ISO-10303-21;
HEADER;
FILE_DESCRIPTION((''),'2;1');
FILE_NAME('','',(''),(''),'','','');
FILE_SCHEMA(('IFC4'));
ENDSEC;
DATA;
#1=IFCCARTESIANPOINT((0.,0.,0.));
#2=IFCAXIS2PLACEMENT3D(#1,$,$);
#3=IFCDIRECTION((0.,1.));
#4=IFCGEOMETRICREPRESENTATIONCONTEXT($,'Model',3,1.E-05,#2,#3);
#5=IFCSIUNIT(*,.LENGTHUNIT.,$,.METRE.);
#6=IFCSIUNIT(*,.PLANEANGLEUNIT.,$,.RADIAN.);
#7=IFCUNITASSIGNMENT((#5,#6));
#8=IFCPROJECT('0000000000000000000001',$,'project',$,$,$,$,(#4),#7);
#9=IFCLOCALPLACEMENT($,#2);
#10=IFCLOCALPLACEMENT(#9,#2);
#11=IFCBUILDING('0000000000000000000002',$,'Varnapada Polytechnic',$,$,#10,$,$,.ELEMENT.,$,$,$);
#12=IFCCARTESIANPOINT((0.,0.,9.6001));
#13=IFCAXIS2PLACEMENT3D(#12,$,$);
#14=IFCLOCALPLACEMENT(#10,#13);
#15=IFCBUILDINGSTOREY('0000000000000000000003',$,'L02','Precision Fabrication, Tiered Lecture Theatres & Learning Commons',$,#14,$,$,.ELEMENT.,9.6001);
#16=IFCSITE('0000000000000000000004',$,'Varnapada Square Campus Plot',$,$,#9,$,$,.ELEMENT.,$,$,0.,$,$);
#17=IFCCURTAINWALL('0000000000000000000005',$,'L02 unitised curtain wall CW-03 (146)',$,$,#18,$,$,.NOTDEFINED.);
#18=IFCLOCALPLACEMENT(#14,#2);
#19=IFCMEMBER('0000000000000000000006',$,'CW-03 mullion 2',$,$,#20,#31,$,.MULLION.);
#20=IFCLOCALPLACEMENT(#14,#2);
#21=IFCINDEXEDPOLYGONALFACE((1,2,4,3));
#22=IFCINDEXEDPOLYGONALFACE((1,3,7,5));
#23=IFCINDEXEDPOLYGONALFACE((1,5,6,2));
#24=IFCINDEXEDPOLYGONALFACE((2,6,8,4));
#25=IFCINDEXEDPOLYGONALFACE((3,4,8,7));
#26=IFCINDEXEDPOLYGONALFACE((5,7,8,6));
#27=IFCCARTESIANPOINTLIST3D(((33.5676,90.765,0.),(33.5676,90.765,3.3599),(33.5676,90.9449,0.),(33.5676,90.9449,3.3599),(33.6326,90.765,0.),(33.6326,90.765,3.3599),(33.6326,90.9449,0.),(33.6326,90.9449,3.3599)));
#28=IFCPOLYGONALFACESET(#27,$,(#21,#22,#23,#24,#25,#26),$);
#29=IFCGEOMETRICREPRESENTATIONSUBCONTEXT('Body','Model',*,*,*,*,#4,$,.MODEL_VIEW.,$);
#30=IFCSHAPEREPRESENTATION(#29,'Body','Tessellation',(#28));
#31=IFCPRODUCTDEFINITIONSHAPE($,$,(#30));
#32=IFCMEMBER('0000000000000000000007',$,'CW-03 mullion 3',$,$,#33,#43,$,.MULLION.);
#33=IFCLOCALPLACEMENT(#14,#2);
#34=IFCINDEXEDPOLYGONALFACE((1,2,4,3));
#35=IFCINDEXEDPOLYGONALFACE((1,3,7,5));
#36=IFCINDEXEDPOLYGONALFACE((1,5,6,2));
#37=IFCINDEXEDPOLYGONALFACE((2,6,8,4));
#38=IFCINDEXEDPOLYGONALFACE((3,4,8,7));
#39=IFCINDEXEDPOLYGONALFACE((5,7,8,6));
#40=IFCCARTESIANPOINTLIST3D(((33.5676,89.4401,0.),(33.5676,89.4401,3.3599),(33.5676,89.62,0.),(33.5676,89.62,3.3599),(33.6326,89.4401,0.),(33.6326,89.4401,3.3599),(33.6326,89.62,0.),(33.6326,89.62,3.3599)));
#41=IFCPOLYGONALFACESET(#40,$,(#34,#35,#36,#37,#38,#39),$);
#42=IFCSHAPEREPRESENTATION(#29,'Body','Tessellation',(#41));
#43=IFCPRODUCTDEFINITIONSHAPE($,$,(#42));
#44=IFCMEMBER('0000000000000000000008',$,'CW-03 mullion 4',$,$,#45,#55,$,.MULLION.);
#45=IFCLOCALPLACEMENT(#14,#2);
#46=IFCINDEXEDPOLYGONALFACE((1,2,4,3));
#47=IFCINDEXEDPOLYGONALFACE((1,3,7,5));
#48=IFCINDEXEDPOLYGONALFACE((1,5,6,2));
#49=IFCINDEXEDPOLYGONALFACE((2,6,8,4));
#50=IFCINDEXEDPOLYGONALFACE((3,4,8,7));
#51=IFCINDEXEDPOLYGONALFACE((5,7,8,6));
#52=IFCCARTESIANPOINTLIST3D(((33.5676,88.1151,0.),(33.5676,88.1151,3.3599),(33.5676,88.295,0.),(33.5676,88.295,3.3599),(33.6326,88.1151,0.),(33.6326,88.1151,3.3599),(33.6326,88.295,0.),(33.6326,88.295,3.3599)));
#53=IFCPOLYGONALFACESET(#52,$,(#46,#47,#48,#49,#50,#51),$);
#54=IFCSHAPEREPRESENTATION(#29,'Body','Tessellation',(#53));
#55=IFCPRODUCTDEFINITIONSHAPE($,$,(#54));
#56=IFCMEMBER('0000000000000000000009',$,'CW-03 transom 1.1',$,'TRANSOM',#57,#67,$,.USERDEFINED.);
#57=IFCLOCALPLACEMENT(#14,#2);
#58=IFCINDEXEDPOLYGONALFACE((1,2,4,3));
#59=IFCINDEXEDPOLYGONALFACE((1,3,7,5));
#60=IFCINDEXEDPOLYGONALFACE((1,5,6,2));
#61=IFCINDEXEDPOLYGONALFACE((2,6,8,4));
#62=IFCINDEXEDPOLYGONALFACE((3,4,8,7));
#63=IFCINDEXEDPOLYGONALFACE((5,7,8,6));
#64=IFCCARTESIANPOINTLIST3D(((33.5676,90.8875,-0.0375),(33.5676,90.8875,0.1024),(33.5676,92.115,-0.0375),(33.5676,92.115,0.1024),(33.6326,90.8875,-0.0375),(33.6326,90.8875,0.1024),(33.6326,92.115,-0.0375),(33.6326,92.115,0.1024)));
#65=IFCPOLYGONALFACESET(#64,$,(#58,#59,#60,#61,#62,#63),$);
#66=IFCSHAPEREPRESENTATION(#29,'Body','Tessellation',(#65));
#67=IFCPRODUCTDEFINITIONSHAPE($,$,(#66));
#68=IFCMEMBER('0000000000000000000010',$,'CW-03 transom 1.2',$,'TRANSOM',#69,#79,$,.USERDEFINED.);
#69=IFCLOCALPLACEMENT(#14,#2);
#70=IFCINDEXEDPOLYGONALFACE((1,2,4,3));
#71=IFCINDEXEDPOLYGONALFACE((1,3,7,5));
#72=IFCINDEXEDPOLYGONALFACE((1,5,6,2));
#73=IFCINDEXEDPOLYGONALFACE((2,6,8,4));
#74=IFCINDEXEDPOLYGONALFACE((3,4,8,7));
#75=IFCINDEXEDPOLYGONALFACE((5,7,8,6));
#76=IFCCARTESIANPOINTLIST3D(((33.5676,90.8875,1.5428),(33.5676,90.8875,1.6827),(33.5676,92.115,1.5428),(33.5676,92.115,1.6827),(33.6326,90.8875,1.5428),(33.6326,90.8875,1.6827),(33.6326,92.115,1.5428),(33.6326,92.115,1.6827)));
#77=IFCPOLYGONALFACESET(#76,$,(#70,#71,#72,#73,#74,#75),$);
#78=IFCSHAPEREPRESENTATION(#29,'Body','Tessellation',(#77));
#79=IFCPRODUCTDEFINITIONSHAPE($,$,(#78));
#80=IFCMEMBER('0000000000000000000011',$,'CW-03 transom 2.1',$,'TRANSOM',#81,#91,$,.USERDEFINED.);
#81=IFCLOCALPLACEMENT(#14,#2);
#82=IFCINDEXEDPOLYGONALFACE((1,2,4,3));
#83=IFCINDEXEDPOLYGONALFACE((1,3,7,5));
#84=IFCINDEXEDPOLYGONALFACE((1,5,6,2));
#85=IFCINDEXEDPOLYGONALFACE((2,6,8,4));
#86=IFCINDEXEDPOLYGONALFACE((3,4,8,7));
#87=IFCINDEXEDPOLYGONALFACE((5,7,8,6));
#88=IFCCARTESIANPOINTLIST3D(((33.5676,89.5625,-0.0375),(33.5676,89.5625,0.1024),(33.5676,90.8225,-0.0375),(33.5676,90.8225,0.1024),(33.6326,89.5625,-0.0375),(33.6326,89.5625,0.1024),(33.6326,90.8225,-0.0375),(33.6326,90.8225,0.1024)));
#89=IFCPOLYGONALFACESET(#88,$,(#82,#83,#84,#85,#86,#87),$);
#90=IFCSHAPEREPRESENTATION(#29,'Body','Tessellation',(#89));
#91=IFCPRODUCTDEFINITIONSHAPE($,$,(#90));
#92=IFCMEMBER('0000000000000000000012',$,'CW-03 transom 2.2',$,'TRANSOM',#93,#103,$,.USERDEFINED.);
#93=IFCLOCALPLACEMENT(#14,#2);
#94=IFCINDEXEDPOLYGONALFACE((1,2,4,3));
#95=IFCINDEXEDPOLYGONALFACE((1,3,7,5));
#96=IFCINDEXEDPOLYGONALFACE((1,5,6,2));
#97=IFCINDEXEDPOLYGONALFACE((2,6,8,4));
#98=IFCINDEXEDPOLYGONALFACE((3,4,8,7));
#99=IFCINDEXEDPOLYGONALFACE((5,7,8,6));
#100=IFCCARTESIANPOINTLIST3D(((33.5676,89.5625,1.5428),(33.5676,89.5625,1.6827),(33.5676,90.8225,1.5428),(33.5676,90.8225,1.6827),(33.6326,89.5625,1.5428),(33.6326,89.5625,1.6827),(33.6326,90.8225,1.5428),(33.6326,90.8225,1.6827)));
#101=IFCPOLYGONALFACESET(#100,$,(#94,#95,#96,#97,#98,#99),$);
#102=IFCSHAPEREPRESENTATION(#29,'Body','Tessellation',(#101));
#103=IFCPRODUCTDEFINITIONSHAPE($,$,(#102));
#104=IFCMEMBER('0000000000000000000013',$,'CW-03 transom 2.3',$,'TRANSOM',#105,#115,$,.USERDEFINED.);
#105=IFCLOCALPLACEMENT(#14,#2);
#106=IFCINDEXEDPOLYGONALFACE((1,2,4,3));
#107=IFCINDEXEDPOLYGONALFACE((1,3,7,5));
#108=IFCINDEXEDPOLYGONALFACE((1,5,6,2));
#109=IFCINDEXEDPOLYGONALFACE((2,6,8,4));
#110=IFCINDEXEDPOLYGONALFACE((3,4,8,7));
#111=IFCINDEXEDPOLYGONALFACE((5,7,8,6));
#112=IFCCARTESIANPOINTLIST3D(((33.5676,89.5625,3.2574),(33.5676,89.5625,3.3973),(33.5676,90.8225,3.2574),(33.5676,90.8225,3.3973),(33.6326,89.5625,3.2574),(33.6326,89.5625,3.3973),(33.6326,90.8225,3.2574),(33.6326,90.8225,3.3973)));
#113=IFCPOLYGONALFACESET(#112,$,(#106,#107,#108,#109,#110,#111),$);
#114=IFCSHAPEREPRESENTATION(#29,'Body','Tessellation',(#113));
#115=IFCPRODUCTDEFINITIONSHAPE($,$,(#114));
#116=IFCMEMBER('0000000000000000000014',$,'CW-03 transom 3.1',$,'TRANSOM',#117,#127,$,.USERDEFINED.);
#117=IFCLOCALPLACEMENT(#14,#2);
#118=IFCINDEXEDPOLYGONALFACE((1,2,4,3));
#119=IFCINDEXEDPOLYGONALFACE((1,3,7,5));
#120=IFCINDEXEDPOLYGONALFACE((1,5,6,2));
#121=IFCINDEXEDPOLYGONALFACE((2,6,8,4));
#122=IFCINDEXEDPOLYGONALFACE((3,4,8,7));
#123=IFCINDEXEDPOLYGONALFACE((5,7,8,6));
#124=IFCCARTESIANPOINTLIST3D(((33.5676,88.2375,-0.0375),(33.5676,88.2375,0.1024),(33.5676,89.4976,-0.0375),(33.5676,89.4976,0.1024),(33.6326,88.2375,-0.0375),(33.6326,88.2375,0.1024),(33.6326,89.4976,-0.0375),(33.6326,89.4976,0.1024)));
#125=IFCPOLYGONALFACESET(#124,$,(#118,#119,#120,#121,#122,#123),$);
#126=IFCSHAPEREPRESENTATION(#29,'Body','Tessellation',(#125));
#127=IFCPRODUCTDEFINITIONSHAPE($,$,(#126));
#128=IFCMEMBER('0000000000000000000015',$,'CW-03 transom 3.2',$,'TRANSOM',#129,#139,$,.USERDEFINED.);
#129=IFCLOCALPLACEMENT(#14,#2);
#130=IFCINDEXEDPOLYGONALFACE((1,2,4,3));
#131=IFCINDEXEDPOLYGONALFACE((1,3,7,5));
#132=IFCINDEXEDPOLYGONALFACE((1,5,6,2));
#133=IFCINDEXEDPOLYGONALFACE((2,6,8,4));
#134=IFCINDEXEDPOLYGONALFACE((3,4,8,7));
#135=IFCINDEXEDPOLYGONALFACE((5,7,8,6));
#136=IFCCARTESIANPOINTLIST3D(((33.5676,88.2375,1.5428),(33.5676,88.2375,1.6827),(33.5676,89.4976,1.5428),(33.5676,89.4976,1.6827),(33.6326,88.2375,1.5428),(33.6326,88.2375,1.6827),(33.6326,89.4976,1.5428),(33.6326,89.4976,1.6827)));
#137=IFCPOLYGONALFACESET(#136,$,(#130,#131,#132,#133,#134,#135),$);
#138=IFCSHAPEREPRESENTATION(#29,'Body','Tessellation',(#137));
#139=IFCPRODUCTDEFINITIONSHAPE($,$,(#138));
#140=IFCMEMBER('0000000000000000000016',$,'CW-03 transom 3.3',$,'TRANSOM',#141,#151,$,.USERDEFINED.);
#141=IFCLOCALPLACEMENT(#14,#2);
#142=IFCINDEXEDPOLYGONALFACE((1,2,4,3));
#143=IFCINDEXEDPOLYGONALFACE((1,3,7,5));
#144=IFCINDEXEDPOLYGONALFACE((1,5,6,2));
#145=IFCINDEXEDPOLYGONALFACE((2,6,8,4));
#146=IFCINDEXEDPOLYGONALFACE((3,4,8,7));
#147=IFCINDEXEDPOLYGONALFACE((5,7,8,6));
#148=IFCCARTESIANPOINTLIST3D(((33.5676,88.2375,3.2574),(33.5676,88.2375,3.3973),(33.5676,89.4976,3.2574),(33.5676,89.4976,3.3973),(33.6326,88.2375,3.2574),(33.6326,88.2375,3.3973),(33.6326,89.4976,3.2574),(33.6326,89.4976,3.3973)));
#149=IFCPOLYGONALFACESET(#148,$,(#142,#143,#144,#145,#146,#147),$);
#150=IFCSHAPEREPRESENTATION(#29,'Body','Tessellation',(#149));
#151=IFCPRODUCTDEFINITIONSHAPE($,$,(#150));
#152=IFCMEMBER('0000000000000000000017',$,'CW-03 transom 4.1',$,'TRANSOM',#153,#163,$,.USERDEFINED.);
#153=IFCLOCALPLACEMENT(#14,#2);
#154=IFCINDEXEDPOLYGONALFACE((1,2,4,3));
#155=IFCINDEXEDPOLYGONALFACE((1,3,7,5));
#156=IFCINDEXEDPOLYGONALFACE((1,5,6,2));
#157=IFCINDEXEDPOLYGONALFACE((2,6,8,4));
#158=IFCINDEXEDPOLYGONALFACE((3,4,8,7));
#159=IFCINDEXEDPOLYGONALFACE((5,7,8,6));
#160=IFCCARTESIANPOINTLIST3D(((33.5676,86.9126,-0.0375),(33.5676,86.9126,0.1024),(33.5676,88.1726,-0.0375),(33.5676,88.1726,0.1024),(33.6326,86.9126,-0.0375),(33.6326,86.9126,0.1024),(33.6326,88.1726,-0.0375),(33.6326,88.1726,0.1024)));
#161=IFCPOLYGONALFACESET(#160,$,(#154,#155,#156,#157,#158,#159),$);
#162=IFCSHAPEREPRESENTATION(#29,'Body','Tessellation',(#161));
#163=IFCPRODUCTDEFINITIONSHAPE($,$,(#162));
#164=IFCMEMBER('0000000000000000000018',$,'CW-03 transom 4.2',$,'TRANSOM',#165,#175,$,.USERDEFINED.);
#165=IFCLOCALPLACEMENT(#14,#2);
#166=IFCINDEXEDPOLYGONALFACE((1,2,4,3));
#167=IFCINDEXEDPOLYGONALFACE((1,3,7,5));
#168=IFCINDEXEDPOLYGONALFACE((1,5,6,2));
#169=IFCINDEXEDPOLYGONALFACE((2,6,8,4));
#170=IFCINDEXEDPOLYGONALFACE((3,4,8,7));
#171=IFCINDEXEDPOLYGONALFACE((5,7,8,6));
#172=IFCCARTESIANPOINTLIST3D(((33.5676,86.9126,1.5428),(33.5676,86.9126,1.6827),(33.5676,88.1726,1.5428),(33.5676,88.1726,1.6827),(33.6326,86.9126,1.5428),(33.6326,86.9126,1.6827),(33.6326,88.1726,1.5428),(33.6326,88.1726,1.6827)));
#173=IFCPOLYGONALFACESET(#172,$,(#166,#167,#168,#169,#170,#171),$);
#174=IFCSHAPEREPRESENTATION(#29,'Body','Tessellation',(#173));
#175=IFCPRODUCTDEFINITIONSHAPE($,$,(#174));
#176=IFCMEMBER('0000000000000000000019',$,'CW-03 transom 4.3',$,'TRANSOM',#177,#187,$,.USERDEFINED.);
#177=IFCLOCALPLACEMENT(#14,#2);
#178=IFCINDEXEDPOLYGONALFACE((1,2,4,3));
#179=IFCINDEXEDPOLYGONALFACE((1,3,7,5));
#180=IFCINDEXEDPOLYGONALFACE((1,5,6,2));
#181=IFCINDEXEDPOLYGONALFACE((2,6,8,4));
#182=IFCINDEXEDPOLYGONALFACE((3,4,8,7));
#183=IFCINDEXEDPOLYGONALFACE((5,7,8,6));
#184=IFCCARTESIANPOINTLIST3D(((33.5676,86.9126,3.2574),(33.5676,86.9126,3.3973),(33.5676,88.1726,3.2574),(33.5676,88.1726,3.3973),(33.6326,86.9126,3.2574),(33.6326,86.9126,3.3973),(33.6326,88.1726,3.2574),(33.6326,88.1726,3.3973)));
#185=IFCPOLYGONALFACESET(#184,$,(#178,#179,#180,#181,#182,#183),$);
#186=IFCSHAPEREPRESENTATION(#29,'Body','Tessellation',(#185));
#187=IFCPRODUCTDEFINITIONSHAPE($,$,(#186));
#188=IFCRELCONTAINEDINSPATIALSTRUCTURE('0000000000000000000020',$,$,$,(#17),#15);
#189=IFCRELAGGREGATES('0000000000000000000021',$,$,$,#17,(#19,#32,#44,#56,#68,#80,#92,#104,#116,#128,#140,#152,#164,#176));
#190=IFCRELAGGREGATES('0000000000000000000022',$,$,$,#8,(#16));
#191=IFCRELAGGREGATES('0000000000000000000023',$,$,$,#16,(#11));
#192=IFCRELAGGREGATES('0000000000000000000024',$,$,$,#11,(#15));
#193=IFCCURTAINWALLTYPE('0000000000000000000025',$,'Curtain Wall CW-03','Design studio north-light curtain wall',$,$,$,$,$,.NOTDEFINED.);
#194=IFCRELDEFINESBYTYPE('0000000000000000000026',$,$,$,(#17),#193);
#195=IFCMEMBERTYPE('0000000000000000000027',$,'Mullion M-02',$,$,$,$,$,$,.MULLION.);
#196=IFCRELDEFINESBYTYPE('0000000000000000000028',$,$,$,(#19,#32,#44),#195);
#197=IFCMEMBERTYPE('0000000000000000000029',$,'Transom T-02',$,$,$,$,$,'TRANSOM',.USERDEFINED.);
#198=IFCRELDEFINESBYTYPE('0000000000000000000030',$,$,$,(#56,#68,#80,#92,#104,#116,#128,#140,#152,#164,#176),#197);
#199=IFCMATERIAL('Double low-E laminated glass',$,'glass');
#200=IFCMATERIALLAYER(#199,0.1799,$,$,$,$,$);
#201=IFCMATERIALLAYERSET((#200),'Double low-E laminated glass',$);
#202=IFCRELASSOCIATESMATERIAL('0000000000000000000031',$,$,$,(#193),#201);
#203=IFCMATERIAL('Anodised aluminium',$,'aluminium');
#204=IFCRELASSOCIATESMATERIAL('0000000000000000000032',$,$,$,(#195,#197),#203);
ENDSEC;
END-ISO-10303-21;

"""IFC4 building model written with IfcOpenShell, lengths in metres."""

from ifc_helpers import new_model, si_unit, direction, frame, origin, origin_2d, place, context, subcontext, project, spatial, rectangle, extrude, material, layer, layer_set, material_profile, profile_set, type_object, element, aggregate, save


model = new_model("IFC4")

# Units and contexts
model_context = context("Model", 3, precision=1e-05, world=origin(), true_north=direction((0.0, 1.0)))
body_context = subcontext(model_context, "Body", "Model", "MODEL_VIEW")
ifc_project = project(units=[si_unit("LENGTHUNIT", "METRE"), si_unit("PLANEANGLEUNIT", "RADIAN")], contexts=[model_context])

# Site, building, storey
site_placement = place(None, origin())
site = spatial("IfcSite", under=ifc_project, at=site_placement, Name="Varnapada Square Campus Plot", CompositionType="ELEMENT", RefElevation=0.0)
building_placement = place(site_placement, origin())
building = spatial("IfcBuilding", under=site, at=building_placement, Name="Varnapada Polytechnic", CompositionType="ELEMENT")
storey_placement = place(building_placement, frame((0.0, 0.0, 9.6001)))
storey = spatial("IfcBuildingStorey", under=building, at=storey_placement, Name="L02", Description="Precision Fabrication, Tiered Lecture Theatres & Learning Commons", CompositionType="ELEMENT", Elevation=9.6001)

# Curtain wall, members
ifc_material_1 = material(Name="Double low-E laminated glass", Category="glass")
ifc_layer_1 = layer(ifc_material_1, 0.1799)
ifc_layer_set_1 = layer_set([ifc_layer_1], Name="Double low-E laminated glass")
curtain_wall_type = type_object("IfcCurtainWallType", Name="Curtain Wall CW-03", Description="Design studio north-light curtain wall", PredefinedType="NOTDEFINED", material=ifc_layer_set_1)
curtain_wall_placement = place(storey_placement, origin())
curtain_wall = element("IfcCurtainWall", 1, at=curtain_wall_placement, inside=storey, type_object=curtain_wall_type, Name="L02 unitised curtain wall CW-03 (146)", PredefinedType="NOTDEFINED")
ifc_material_2 = material(Name="Anodised aluminium", Category="aluminium")
ifc_material_profile_1 = material_profile(ifc_material_2, rectangle(XDim=0.0649, YDim=0.1799, at=origin_2d()), Name="ALU M65x180")
ifc_profile_set_1 = profile_set([ifc_material_profile_1], Name="Anodised aluminium")
member_type_1 = type_object("IfcMemberType", Name="Mullion M-02", PredefinedType="MULLION", material=ifc_profile_set_1)
member_1_placement = place(storey_placement, frame((33.6001, 90.855, 0.0), z_axis=(0.0, 0.0, 1.0), x_axis=(1.0, 0.0, 0.0)))
member_1 = element("IfcMember", 2, at=member_1_placement, type_object=member_type_1, Name="CW-03 mullion 2", PredefinedType="MULLION", context=body_context, shape_type="SweptSolid", body=[
    extrude(rectangle(XDim=0.0649, YDim=0.1799, at=origin_2d()), origin(), (0.0, 0.0, 1.0), 3.3599),
])
member_2_placement = place(storey_placement, frame((33.6001, 89.53, 0.0), z_axis=(0.0, 0.0, 1.0), x_axis=(1.0, 0.0, 0.0)))
member_2 = element("IfcMember", 3, at=member_2_placement, type_object=member_type_1, Name="CW-03 mullion 3", PredefinedType="MULLION", context=body_context, shape_type="SweptSolid", body=[
    extrude(rectangle(XDim=0.0649, YDim=0.1799, at=origin_2d()), origin(), (0.0, 0.0, 1.0), 3.3599),
])
member_3_placement = place(storey_placement, frame((33.6001, 88.2051, 0.0), z_axis=(0.0, 0.0, 1.0), x_axis=(1.0, 0.0, 0.0)))
member_3 = element("IfcMember", 4, at=member_3_placement, type_object=member_type_1, Name="CW-03 mullion 4", PredefinedType="MULLION", context=body_context, shape_type="SweptSolid", body=[
    extrude(rectangle(XDim=0.0649, YDim=0.1799, at=origin_2d()), origin(), (0.0, 0.0, 1.0), 3.3599),
])
ifc_material_profile_2 = material_profile(ifc_material_2, rectangle(XDim=0.0649, YDim=0.1399, at=origin_2d()), Name="ALU T65x140")
ifc_profile_set_2 = profile_set([ifc_material_profile_2], Name="Anodised aluminium")
member_type_2 = type_object("IfcMemberType", Name="Transom T-02", ElementType="TRANSOM", PredefinedType="USERDEFINED", material=ifc_profile_set_2)
member_4_placement = place(storey_placement, frame((33.6001, 92.115, 0.0325), z_axis=(0.0, -1.0, 0.0), x_axis=(1.0, 0.0, 0.0)))
member_4 = element("IfcMember", 5, at=member_4_placement, type_object=member_type_2, Name="CW-03 transom 1.1", ObjectType="TRANSOM", PredefinedType="USERDEFINED", context=body_context, shape_type="SweptSolid", body=[
    extrude(rectangle(XDim=0.0649, YDim=0.1399, at=origin_2d()), origin(), (0.0, 0.0, 1.0), 1.2275),
])
member_5_placement = place(storey_placement, frame((33.6001, 92.115, 1.6128), z_axis=(0.0, -1.0, 0.0), x_axis=(1.0, 0.0, 0.0)))
member_5 = element("IfcMember", 6, at=member_5_placement, type_object=member_type_2, Name="CW-03 transom 1.2", ObjectType="TRANSOM", PredefinedType="USERDEFINED", context=body_context, shape_type="SweptSolid", body=[
    extrude(rectangle(XDim=0.0649, YDim=0.1399, at=origin_2d()), origin(), (0.0, 0.0, 1.0), 1.2275),
])
member_6_placement = place(storey_placement, frame((33.6001, 90.8225, 0.0325), z_axis=(0.0, -1.0, 0.0), x_axis=(1.0, 0.0, 0.0)))
member_6 = element("IfcMember", 7, at=member_6_placement, type_object=member_type_2, Name="CW-03 transom 2.1", ObjectType="TRANSOM", PredefinedType="USERDEFINED", context=body_context, shape_type="SweptSolid", body=[
    extrude(rectangle(XDim=0.0649, YDim=0.1399, at=origin_2d()), origin(), (0.0, 0.0, 1.0), 1.26),
])
member_7_placement = place(storey_placement, frame((33.6001, 90.8225, 1.6128), z_axis=(0.0, -1.0, 0.0), x_axis=(1.0, 0.0, 0.0)))
member_7 = element("IfcMember", 8, at=member_7_placement, type_object=member_type_2, Name="CW-03 transom 2.2", ObjectType="TRANSOM", PredefinedType="USERDEFINED", context=body_context, shape_type="SweptSolid", body=[
    extrude(rectangle(XDim=0.0649, YDim=0.1399, at=origin_2d()), origin(), (0.0, 0.0, 1.0), 1.26),
])
member_8_placement = place(storey_placement, frame((33.6001, 90.8225, 3.3274), z_axis=(0.0, -1.0, 0.0), x_axis=(1.0, 0.0, 0.0)))
member_8 = element("IfcMember", 9, at=member_8_placement, type_object=member_type_2, Name="CW-03 transom 2.3", ObjectType="TRANSOM", PredefinedType="USERDEFINED", context=body_context, shape_type="SweptSolid", body=[
    extrude(rectangle(XDim=0.0649, YDim=0.1399, at=origin_2d()), origin(), (0.0, 0.0, 1.0), 1.26),
])
member_9_placement = place(storey_placement, frame((33.6001, 89.4976, 0.0325), z_axis=(0.0, -1.0, 0.0), x_axis=(1.0, 0.0, 0.0)))
member_9 = element("IfcMember", 10, at=member_9_placement, type_object=member_type_2, Name="CW-03 transom 3.1", ObjectType="TRANSOM", PredefinedType="USERDEFINED", context=body_context, shape_type="SweptSolid", body=[
    extrude(rectangle(XDim=0.0649, YDim=0.1399, at=origin_2d()), origin(), (0.0, 0.0, 1.0), 1.26),
])
member_10_placement = place(storey_placement, frame((33.6001, 89.4976, 1.6128), z_axis=(0.0, -1.0, 0.0), x_axis=(1.0, 0.0, 0.0)))
member_10 = element("IfcMember", 11, at=member_10_placement, type_object=member_type_2, Name="CW-03 transom 3.2", ObjectType="TRANSOM", PredefinedType="USERDEFINED", context=body_context, shape_type="SweptSolid", body=[
    extrude(rectangle(XDim=0.0649, YDim=0.1399, at=origin_2d()), origin(), (0.0, 0.0, 1.0), 1.26),
])
member_11_placement = place(storey_placement, frame((33.6001, 89.4976, 3.3274), z_axis=(0.0, -1.0, 0.0), x_axis=(1.0, 0.0, 0.0)))
member_11 = element("IfcMember", 12, at=member_11_placement, type_object=member_type_2, Name="CW-03 transom 3.3", ObjectType="TRANSOM", PredefinedType="USERDEFINED", context=body_context, shape_type="SweptSolid", body=[
    extrude(rectangle(XDim=0.0649, YDim=0.1399, at=origin_2d()), origin(), (0.0, 0.0, 1.0), 1.26),
])
member_12_placement = place(storey_placement, frame((33.6001, 88.1726, 0.0325), z_axis=(0.0, -1.0, 0.0), x_axis=(1.0, 0.0, 0.0)))
member_12 = element("IfcMember", 13, at=member_12_placement, type_object=member_type_2, Name="CW-03 transom 4.1", ObjectType="TRANSOM", PredefinedType="USERDEFINED", context=body_context, shape_type="SweptSolid", body=[
    extrude(rectangle(XDim=0.0649, YDim=0.1399, at=origin_2d()), origin(), (0.0, 0.0, 1.0), 1.26),
])
member_13_placement = place(storey_placement, frame((33.6001, 88.1726, 1.6128), z_axis=(0.0, -1.0, 0.0), x_axis=(1.0, 0.0, 0.0)))
member_13 = element("IfcMember", 14, at=member_13_placement, type_object=member_type_2, Name="CW-03 transom 4.2", ObjectType="TRANSOM", PredefinedType="USERDEFINED", context=body_context, shape_type="SweptSolid", body=[
    extrude(rectangle(XDim=0.0649, YDim=0.1399, at=origin_2d()), origin(), (0.0, 0.0, 1.0), 1.26),
])
member_14_placement = place(storey_placement, frame((33.6001, 88.1726, 3.3274), z_axis=(0.0, -1.0, 0.0), x_axis=(1.0, 0.0, 0.0)))
member_14 = element("IfcMember", 15, at=member_14_placement, type_object=member_type_2, Name="CW-03 transom 4.3", ObjectType="TRANSOM", PredefinedType="USERDEFINED", context=body_context, shape_type="SweptSolid", body=[
    extrude(rectangle(XDim=0.0649, YDim=0.1399, at=origin_2d()), origin(), (0.0, 0.0, 1.0), 1.26),
])
aggregate(curtain_wall, [member_1, member_2, member_3, member_4, member_5, member_6, member_7, member_8, member_9, member_10, member_11, member_12, member_13, member_14])

save(model, "model.ifc")
